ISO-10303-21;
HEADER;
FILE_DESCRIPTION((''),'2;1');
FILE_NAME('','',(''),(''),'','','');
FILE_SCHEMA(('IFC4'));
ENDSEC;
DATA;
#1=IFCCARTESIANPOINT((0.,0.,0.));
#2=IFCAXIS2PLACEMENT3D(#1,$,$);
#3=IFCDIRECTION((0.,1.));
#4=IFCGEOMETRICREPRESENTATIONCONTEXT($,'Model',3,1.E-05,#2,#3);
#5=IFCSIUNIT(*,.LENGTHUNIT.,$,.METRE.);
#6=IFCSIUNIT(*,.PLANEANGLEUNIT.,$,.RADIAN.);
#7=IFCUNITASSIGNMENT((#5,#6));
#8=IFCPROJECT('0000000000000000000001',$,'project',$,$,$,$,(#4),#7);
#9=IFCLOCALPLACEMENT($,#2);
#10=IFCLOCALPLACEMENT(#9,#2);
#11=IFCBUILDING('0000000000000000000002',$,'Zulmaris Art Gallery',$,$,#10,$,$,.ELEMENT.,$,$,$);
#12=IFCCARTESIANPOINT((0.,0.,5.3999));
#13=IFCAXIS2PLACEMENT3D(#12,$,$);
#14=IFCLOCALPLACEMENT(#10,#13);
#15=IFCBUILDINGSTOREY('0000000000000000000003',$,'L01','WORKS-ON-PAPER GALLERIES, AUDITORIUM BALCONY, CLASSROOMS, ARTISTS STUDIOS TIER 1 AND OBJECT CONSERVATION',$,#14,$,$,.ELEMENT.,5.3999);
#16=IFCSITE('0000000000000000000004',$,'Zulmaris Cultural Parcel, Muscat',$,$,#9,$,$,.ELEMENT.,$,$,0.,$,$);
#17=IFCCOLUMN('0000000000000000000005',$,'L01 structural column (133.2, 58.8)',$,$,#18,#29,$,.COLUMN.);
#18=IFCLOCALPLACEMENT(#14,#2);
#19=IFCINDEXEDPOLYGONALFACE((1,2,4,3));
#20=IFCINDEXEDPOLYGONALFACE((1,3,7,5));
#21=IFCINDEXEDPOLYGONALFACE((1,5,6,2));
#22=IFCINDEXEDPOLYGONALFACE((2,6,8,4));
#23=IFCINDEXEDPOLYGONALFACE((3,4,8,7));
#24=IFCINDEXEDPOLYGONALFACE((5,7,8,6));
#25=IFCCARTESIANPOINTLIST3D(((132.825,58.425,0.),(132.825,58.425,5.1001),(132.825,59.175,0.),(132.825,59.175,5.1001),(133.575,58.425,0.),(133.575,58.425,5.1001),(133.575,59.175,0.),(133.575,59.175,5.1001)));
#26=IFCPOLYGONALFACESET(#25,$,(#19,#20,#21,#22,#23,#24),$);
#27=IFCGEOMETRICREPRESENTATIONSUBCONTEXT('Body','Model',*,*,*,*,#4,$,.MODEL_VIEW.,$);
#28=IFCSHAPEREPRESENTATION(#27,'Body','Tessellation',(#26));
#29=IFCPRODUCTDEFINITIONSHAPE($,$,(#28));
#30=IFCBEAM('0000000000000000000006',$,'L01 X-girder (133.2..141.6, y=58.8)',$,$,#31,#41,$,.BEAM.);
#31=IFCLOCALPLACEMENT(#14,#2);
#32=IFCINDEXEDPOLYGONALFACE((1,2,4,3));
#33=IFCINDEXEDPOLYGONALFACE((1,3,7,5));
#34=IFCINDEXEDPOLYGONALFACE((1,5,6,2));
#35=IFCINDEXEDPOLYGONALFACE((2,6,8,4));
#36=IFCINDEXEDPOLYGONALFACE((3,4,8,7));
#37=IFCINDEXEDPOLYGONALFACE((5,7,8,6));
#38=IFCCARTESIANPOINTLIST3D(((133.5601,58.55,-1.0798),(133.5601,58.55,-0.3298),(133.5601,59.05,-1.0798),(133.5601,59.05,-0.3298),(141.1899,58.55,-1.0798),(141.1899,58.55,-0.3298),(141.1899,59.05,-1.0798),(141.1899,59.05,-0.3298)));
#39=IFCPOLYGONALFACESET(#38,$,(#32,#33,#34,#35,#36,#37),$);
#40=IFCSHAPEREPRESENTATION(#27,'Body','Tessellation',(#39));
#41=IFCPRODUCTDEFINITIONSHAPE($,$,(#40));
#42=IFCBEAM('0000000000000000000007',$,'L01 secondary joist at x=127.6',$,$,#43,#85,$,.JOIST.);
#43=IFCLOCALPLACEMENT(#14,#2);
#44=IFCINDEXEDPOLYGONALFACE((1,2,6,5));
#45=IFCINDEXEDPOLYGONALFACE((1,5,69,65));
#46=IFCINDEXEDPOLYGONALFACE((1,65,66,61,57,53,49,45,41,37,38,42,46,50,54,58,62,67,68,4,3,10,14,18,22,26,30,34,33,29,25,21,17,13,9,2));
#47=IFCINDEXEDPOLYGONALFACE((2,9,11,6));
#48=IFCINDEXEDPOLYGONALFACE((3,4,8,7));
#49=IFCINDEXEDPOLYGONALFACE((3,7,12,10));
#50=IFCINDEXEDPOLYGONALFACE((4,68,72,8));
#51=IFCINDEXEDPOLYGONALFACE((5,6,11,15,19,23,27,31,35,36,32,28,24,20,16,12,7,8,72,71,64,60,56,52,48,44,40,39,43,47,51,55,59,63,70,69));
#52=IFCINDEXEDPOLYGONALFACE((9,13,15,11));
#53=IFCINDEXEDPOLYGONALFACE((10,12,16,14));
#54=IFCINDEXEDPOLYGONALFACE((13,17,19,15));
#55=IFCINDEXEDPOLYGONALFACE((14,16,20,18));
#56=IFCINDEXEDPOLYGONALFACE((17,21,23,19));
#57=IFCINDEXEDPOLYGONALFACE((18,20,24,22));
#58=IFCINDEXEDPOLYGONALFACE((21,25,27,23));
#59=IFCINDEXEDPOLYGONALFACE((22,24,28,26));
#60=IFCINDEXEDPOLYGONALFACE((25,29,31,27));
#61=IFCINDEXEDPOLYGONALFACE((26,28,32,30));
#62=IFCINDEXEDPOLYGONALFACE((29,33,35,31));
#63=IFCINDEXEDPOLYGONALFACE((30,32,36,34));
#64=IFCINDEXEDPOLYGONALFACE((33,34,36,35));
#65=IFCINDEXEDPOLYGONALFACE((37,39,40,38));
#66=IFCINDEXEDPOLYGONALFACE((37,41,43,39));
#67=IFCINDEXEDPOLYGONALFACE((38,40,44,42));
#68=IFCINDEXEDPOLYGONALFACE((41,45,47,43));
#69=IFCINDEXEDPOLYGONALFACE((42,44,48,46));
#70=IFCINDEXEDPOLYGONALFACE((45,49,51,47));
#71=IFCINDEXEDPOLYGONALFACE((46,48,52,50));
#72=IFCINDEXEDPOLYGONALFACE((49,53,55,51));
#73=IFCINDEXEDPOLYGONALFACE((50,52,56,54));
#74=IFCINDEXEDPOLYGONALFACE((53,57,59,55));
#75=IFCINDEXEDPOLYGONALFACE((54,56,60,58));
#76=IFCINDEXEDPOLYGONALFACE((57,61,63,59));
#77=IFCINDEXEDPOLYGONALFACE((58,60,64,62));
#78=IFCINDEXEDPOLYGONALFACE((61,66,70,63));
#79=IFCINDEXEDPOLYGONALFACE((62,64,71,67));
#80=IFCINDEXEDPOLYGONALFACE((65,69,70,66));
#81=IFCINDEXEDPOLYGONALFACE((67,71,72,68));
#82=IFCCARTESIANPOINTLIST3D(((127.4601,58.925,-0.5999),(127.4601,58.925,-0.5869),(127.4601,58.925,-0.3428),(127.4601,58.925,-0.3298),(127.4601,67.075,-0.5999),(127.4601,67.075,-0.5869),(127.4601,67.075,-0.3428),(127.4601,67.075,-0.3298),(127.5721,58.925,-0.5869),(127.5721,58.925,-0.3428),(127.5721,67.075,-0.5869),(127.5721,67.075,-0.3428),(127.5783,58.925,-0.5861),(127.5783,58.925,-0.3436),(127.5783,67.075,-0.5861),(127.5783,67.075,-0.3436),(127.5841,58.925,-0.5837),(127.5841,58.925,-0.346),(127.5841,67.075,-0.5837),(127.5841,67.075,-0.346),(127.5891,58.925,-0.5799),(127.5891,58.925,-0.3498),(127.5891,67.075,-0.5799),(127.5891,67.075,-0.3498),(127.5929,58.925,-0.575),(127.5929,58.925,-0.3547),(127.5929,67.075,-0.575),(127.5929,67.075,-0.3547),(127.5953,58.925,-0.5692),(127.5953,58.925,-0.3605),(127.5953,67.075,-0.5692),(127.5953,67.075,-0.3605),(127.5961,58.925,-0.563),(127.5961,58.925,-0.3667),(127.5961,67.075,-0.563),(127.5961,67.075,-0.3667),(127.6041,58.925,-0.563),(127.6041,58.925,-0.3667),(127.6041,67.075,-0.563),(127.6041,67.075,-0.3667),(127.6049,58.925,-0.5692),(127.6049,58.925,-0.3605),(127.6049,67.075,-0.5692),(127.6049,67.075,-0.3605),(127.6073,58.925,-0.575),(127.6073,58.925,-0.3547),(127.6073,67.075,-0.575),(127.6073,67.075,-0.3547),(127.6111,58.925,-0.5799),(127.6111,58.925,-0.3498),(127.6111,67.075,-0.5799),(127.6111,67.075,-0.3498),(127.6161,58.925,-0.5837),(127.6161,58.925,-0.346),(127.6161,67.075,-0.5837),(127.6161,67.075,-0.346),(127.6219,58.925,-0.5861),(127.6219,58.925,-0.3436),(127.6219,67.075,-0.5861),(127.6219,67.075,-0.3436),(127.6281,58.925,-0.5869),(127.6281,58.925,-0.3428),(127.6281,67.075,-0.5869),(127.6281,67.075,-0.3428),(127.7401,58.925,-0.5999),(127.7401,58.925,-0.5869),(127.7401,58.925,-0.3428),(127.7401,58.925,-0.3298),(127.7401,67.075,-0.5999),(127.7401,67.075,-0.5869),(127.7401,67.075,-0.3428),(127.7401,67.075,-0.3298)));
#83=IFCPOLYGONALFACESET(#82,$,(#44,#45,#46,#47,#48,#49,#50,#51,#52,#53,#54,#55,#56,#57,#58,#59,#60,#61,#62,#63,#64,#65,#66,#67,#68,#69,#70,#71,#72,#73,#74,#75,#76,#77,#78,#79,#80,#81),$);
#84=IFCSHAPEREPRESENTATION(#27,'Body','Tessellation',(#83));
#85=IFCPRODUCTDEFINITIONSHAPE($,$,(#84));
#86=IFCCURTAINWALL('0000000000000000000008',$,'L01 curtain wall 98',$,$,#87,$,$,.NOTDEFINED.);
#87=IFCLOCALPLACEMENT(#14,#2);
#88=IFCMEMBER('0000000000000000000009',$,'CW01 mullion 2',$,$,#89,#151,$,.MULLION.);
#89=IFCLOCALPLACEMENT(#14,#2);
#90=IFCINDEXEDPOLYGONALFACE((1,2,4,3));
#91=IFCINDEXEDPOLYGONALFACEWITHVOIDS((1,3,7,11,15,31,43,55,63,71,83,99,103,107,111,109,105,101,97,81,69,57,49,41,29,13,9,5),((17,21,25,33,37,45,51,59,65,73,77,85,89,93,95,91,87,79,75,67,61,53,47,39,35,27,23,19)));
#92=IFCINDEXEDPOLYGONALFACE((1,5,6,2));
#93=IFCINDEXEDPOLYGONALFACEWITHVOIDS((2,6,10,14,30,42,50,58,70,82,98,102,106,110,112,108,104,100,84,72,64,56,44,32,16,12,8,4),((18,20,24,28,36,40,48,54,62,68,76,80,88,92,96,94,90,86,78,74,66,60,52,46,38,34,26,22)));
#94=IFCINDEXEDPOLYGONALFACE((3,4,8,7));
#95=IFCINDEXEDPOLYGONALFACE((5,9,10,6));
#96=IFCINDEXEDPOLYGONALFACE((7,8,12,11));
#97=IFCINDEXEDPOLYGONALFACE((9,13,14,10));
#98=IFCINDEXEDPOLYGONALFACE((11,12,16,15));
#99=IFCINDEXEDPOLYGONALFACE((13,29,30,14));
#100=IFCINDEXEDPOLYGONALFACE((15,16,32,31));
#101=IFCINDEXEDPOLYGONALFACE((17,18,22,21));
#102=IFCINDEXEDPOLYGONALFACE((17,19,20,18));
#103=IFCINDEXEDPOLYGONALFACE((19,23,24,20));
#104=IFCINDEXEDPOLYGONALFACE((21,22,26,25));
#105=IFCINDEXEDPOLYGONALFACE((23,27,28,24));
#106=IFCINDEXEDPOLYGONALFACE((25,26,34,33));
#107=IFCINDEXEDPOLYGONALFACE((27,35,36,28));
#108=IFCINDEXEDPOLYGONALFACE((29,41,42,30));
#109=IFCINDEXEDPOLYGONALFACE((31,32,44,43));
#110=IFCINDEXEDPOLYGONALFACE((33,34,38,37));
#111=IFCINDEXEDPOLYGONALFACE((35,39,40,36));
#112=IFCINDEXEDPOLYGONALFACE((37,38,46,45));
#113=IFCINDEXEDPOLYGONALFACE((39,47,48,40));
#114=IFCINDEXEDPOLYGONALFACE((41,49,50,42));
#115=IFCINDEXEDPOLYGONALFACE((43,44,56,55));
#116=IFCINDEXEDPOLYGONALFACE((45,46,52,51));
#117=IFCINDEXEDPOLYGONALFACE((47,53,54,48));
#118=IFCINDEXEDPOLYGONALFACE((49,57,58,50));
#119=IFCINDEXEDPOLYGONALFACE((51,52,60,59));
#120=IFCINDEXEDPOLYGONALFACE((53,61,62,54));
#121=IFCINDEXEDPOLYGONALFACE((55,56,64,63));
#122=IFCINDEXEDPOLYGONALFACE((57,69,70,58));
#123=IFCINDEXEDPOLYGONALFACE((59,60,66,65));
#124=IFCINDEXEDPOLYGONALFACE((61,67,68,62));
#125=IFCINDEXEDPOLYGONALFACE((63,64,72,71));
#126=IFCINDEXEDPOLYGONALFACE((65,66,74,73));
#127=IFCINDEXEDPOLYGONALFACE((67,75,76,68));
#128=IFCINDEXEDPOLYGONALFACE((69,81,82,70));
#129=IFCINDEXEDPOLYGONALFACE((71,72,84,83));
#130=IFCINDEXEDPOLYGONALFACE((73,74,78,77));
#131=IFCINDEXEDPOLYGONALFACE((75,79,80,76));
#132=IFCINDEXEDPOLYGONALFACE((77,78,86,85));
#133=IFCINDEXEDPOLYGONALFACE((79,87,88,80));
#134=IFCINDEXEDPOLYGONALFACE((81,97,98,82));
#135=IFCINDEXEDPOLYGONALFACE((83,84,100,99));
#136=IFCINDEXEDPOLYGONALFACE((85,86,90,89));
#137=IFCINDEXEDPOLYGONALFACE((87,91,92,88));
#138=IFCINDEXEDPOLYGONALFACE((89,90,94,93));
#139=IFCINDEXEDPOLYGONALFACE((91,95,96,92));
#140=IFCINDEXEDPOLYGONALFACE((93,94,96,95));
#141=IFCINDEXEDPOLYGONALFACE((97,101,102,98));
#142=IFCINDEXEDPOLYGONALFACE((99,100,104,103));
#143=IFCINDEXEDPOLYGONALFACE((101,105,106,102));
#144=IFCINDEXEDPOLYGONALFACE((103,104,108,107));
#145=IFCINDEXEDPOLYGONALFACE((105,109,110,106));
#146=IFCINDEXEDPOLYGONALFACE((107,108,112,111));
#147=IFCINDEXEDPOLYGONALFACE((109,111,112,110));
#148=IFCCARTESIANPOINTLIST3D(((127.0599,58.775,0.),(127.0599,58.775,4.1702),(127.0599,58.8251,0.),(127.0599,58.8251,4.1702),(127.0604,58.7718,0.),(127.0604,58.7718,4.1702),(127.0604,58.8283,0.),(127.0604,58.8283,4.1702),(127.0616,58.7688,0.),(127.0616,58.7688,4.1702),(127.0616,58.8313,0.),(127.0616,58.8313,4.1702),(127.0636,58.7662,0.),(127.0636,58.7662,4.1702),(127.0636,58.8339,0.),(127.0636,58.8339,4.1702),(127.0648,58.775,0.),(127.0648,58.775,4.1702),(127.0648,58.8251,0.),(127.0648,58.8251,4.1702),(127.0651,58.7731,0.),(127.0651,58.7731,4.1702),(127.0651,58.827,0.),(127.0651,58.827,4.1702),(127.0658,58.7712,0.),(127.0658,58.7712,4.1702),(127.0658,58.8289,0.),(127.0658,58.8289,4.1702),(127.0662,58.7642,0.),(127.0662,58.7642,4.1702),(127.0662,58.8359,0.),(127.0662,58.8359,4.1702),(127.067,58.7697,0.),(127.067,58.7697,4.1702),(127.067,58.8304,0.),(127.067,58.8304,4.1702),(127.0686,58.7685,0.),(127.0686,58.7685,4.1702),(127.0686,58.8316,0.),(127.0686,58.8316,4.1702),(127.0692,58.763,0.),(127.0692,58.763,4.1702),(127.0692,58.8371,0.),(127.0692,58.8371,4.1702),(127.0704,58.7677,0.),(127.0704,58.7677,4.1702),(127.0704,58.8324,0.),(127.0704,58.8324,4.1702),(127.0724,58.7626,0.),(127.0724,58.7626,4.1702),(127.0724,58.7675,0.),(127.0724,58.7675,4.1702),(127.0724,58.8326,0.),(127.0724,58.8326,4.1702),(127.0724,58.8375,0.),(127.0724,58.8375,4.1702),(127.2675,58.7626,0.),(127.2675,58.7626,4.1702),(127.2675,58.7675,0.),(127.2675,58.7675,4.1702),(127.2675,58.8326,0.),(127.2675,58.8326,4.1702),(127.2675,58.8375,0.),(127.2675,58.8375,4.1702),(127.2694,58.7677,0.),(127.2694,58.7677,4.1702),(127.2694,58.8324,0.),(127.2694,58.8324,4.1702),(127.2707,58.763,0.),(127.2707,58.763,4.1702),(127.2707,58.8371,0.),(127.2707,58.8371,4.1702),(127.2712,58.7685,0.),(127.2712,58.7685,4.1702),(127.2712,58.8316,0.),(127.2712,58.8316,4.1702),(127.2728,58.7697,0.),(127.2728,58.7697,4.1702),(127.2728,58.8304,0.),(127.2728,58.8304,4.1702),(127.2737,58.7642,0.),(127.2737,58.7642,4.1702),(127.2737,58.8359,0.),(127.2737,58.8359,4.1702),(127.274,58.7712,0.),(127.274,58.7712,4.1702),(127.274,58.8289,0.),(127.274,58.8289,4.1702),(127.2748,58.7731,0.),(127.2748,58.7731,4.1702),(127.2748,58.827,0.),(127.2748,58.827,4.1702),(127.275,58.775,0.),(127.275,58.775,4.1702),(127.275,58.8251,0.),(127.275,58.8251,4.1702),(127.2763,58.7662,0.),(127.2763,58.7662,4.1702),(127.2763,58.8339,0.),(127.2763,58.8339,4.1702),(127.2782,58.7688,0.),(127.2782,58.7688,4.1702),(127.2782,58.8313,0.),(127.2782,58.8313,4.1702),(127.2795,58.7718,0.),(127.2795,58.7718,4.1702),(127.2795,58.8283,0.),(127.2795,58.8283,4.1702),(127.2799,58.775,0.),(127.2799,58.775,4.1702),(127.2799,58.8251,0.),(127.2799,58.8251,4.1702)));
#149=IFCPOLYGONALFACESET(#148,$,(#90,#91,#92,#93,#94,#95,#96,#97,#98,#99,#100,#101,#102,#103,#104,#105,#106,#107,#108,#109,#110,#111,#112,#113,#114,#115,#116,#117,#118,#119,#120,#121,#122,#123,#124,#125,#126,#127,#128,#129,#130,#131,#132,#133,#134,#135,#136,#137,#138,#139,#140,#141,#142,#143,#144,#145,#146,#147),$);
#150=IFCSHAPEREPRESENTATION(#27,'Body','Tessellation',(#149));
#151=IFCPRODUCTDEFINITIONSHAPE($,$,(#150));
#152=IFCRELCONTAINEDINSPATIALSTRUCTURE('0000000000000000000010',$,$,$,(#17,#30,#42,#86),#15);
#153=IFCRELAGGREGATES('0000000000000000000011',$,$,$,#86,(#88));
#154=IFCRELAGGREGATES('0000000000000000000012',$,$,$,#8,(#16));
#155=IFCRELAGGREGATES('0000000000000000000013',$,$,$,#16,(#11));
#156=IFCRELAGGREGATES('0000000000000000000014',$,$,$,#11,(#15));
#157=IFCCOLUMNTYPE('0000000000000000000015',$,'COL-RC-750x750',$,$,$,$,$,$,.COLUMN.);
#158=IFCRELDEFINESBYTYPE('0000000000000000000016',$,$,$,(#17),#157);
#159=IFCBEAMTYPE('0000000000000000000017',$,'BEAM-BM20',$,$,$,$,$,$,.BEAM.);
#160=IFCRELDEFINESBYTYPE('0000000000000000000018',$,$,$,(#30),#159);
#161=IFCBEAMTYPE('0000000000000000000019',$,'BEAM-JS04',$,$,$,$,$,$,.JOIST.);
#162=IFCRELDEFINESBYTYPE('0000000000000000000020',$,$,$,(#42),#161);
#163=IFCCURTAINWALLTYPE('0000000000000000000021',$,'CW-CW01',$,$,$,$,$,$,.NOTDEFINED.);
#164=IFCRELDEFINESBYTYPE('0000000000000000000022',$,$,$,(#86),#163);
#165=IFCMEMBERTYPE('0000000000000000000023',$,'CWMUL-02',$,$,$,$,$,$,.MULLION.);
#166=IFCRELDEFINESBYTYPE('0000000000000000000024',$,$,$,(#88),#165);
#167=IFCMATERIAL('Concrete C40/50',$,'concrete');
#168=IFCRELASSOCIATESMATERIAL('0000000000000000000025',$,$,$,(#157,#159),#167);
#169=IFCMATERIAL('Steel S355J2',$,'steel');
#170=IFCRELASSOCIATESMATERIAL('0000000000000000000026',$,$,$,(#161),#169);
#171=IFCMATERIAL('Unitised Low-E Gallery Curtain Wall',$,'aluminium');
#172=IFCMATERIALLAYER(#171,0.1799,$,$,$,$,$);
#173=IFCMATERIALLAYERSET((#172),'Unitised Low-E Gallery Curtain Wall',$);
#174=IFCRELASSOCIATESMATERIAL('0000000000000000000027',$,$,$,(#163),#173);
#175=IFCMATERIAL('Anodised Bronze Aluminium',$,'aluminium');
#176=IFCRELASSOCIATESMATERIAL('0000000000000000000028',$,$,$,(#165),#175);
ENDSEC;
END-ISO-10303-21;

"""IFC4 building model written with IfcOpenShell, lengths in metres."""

from ifc_helpers import new_model, si_unit, direction, frame, origin, origin_2d, place, context, subcontext, project, spatial, rectangle, hollow_rectangle, i_section, extrude, material, layer, layer_set, material_profile, profile_set, type_object, element, aggregate, save


model = new_model("IFC4")

# Units and contexts
model_context = context("Model", 3, precision=1e-05, world=origin(), true_north=direction((0.0, 1.0)))
body_context = subcontext(model_context, "Body", "Model", "MODEL_VIEW")
ifc_project = project(units=[si_unit("LENGTHUNIT", "METRE"), si_unit("PLANEANGLEUNIT", "RADIAN")], contexts=[model_context])

# Site, building, storey
site_placement = place(None, origin())
site = spatial("IfcSite", under=ifc_project, at=site_placement, Name="Zulmaris Cultural Parcel, Muscat", CompositionType="ELEMENT", RefElevation=0.0)
building_placement = place(site_placement, origin())
building = spatial("IfcBuilding", under=site, at=building_placement, Name="Zulmaris Art Gallery", CompositionType="ELEMENT")
storey_placement = place(building_placement, frame((0.0, 0.0, 5.3999)))
storey = spatial("IfcBuildingStorey", under=building, at=storey_placement, Name="L01", Description="WORKS-ON-PAPER GALLERIES, AUDITORIUM BALCONY, CLASSROOMS, ARTISTS STUDIOS TIER 1 AND OBJECT CONSERVATION", CompositionType="ELEMENT", Elevation=5.3999)

# Column
ifc_material_1 = material(Name="Concrete C40/50", Category="concrete")
ifc_material_profile_1 = material_profile(ifc_material_1, rectangle(XDim=0.75, YDim=0.75, at=origin_2d()), Name="RC 750x750")
ifc_profile_set_1 = profile_set([ifc_material_profile_1], Name="Concrete C40/50")
column_type = type_object("IfcColumnType", Name="COL-RC-750x750", PredefinedType="COLUMN", material=ifc_profile_set_1)
column_placement = place(storey_placement, frame((133.2, 58.8, 0.0), z_axis=(0.0, 0.0, 1.0), x_axis=(1.0, 0.0, 0.0)))
element("IfcColumn", 1, at=column_placement, inside=storey, type_object=column_type, Name="L01 structural column (133.2, 58.8)", PredefinedType="COLUMN", context=body_context, shape_type="SweptSolid", body=[
    extrude(rectangle(XDim=0.75, YDim=0.75, at=origin_2d()), origin(), (0.0, 0.0, 1.0), 5.1001),
])

# Beams
ifc_material_profile_2 = material_profile(ifc_material_1, rectangle(XDim=0.5, YDim=0.75, at=origin_2d()), Name="RC 500x750")
ifc_profile_set_2 = profile_set([ifc_material_profile_2], Name="Concrete C40/50")
beam_type_1 = type_object("IfcBeamType", Name="BEAM-BM20", PredefinedType="BEAM", material=ifc_profile_set_2)
beam_1_placement = place(storey_placement, frame((133.5601, 58.8, -0.7048), z_axis=(1.0, 0.0, 0.0), x_axis=(0.0, 1.0, 0.0)))
element("IfcBeam", 2, at=beam_1_placement, inside=storey, type_object=beam_type_1, Name="L01 X-girder (133.2..141.6, y=58.8)", PredefinedType="BEAM", context=body_context, shape_type="SweptSolid", body=[
    extrude(rectangle(XDim=0.5, YDim=0.75, at=origin_2d()), origin(), (0.0, 0.0, 1.0), 7.6299),
])
ifc_material_2 = material(Name="Steel S355J2", Category="steel")
ifc_material_profile_3 = material_profile(ifc_material_2, i_section(OverallWidth=0.28, OverallDepth=0.27, WebThickness=0.0081, FlangeThickness=0.0129, FilletRadius=0.0239, at=origin_2d()), Name="HEA 280")
ifc_profile_set_3 = profile_set([ifc_material_profile_3], Name="Steel S355J2")
beam_type_2 = type_object("IfcBeamType", Name="BEAM-JS04", PredefinedType="JOIST", material=ifc_profile_set_3)
beam_2_placement = place(storey_placement, frame((127.6001, 58.925, -0.4648), z_axis=(0.0, 1.0, 0.0), x_axis=(-1.0, 0.0, 0.0)))
element("IfcBeam", 3, at=beam_2_placement, inside=storey, type_object=beam_type_2, Name="L01 secondary joist at x=127.6", PredefinedType="JOIST", context=body_context, shape_type="SweptSolid", body=[
    extrude(i_section(OverallWidth=0.28, OverallDepth=0.27, WebThickness=0.0081, FlangeThickness=0.0129, FilletRadius=0.0239, at=origin_2d()), origin(), (0.0, 0.0, 1.0), 8.1499),
])

# Curtain wall, member
ifc_material_3 = material(Name="Unitised Low-E Gallery Curtain Wall", Category="aluminium")
ifc_layer_1 = layer(ifc_material_3, 0.1799)
ifc_layer_set_1 = layer_set([ifc_layer_1], Name="Unitised Low-E Gallery Curtain Wall")
curtain_wall_type = type_object("IfcCurtainWallType", Name="CW-CW01", PredefinedType="NOTDEFINED", material=ifc_layer_set_1)
curtain_wall_1_placement = place(storey_placement, origin())
curtain_wall_1 = element("IfcCurtainWall", 4, at=curtain_wall_1_placement, inside=storey, type_object=curtain_wall_type, Name="L01 curtain wall 98", PredefinedType="NOTDEFINED")
ifc_material_4 = material(Name="Anodised Bronze Aluminium", Category="aluminium")
ifc_material_profile_4 = material_profile(ifc_material_4, hollow_rectangle(XDim=0.075, YDim=0.22, WallThickness=0.0049, InnerFilletRadius=0.0076, OuterFilletRadius=0.0125, at=origin_2d()), Name="ALU 75x220x5")
ifc_profile_set_4 = profile_set([ifc_material_profile_4], Name="Anodised Bronze Aluminium")
member_type_1 = type_object("IfcMemberType", Name="CWMUL-02", PredefinedType="MULLION", material=ifc_profile_set_4)
member_1_placement = place(storey_placement, frame((127.1699, 58.8, 0.0), z_axis=(0.0, 0.0, 1.0), x_axis=(0.0, 1.0, 0.0)))
member_1 = element("IfcMember", 5, at=member_1_placement, type_object=member_type_1, Name="CW01 mullion 2", PredefinedType="MULLION", context=body_context, shape_type="SweptSolid", body=[
    extrude(hollow_rectangle(XDim=0.075, YDim=0.22, WallThickness=0.0049, InnerFilletRadius=0.0076, OuterFilletRadius=0.0125, at=origin_2d()), origin(), (0.0, 0.0, 1.0), 4.1702),
])

aggregate(curtain_wall_1, [member_1])

save(model, "model.ifc")
